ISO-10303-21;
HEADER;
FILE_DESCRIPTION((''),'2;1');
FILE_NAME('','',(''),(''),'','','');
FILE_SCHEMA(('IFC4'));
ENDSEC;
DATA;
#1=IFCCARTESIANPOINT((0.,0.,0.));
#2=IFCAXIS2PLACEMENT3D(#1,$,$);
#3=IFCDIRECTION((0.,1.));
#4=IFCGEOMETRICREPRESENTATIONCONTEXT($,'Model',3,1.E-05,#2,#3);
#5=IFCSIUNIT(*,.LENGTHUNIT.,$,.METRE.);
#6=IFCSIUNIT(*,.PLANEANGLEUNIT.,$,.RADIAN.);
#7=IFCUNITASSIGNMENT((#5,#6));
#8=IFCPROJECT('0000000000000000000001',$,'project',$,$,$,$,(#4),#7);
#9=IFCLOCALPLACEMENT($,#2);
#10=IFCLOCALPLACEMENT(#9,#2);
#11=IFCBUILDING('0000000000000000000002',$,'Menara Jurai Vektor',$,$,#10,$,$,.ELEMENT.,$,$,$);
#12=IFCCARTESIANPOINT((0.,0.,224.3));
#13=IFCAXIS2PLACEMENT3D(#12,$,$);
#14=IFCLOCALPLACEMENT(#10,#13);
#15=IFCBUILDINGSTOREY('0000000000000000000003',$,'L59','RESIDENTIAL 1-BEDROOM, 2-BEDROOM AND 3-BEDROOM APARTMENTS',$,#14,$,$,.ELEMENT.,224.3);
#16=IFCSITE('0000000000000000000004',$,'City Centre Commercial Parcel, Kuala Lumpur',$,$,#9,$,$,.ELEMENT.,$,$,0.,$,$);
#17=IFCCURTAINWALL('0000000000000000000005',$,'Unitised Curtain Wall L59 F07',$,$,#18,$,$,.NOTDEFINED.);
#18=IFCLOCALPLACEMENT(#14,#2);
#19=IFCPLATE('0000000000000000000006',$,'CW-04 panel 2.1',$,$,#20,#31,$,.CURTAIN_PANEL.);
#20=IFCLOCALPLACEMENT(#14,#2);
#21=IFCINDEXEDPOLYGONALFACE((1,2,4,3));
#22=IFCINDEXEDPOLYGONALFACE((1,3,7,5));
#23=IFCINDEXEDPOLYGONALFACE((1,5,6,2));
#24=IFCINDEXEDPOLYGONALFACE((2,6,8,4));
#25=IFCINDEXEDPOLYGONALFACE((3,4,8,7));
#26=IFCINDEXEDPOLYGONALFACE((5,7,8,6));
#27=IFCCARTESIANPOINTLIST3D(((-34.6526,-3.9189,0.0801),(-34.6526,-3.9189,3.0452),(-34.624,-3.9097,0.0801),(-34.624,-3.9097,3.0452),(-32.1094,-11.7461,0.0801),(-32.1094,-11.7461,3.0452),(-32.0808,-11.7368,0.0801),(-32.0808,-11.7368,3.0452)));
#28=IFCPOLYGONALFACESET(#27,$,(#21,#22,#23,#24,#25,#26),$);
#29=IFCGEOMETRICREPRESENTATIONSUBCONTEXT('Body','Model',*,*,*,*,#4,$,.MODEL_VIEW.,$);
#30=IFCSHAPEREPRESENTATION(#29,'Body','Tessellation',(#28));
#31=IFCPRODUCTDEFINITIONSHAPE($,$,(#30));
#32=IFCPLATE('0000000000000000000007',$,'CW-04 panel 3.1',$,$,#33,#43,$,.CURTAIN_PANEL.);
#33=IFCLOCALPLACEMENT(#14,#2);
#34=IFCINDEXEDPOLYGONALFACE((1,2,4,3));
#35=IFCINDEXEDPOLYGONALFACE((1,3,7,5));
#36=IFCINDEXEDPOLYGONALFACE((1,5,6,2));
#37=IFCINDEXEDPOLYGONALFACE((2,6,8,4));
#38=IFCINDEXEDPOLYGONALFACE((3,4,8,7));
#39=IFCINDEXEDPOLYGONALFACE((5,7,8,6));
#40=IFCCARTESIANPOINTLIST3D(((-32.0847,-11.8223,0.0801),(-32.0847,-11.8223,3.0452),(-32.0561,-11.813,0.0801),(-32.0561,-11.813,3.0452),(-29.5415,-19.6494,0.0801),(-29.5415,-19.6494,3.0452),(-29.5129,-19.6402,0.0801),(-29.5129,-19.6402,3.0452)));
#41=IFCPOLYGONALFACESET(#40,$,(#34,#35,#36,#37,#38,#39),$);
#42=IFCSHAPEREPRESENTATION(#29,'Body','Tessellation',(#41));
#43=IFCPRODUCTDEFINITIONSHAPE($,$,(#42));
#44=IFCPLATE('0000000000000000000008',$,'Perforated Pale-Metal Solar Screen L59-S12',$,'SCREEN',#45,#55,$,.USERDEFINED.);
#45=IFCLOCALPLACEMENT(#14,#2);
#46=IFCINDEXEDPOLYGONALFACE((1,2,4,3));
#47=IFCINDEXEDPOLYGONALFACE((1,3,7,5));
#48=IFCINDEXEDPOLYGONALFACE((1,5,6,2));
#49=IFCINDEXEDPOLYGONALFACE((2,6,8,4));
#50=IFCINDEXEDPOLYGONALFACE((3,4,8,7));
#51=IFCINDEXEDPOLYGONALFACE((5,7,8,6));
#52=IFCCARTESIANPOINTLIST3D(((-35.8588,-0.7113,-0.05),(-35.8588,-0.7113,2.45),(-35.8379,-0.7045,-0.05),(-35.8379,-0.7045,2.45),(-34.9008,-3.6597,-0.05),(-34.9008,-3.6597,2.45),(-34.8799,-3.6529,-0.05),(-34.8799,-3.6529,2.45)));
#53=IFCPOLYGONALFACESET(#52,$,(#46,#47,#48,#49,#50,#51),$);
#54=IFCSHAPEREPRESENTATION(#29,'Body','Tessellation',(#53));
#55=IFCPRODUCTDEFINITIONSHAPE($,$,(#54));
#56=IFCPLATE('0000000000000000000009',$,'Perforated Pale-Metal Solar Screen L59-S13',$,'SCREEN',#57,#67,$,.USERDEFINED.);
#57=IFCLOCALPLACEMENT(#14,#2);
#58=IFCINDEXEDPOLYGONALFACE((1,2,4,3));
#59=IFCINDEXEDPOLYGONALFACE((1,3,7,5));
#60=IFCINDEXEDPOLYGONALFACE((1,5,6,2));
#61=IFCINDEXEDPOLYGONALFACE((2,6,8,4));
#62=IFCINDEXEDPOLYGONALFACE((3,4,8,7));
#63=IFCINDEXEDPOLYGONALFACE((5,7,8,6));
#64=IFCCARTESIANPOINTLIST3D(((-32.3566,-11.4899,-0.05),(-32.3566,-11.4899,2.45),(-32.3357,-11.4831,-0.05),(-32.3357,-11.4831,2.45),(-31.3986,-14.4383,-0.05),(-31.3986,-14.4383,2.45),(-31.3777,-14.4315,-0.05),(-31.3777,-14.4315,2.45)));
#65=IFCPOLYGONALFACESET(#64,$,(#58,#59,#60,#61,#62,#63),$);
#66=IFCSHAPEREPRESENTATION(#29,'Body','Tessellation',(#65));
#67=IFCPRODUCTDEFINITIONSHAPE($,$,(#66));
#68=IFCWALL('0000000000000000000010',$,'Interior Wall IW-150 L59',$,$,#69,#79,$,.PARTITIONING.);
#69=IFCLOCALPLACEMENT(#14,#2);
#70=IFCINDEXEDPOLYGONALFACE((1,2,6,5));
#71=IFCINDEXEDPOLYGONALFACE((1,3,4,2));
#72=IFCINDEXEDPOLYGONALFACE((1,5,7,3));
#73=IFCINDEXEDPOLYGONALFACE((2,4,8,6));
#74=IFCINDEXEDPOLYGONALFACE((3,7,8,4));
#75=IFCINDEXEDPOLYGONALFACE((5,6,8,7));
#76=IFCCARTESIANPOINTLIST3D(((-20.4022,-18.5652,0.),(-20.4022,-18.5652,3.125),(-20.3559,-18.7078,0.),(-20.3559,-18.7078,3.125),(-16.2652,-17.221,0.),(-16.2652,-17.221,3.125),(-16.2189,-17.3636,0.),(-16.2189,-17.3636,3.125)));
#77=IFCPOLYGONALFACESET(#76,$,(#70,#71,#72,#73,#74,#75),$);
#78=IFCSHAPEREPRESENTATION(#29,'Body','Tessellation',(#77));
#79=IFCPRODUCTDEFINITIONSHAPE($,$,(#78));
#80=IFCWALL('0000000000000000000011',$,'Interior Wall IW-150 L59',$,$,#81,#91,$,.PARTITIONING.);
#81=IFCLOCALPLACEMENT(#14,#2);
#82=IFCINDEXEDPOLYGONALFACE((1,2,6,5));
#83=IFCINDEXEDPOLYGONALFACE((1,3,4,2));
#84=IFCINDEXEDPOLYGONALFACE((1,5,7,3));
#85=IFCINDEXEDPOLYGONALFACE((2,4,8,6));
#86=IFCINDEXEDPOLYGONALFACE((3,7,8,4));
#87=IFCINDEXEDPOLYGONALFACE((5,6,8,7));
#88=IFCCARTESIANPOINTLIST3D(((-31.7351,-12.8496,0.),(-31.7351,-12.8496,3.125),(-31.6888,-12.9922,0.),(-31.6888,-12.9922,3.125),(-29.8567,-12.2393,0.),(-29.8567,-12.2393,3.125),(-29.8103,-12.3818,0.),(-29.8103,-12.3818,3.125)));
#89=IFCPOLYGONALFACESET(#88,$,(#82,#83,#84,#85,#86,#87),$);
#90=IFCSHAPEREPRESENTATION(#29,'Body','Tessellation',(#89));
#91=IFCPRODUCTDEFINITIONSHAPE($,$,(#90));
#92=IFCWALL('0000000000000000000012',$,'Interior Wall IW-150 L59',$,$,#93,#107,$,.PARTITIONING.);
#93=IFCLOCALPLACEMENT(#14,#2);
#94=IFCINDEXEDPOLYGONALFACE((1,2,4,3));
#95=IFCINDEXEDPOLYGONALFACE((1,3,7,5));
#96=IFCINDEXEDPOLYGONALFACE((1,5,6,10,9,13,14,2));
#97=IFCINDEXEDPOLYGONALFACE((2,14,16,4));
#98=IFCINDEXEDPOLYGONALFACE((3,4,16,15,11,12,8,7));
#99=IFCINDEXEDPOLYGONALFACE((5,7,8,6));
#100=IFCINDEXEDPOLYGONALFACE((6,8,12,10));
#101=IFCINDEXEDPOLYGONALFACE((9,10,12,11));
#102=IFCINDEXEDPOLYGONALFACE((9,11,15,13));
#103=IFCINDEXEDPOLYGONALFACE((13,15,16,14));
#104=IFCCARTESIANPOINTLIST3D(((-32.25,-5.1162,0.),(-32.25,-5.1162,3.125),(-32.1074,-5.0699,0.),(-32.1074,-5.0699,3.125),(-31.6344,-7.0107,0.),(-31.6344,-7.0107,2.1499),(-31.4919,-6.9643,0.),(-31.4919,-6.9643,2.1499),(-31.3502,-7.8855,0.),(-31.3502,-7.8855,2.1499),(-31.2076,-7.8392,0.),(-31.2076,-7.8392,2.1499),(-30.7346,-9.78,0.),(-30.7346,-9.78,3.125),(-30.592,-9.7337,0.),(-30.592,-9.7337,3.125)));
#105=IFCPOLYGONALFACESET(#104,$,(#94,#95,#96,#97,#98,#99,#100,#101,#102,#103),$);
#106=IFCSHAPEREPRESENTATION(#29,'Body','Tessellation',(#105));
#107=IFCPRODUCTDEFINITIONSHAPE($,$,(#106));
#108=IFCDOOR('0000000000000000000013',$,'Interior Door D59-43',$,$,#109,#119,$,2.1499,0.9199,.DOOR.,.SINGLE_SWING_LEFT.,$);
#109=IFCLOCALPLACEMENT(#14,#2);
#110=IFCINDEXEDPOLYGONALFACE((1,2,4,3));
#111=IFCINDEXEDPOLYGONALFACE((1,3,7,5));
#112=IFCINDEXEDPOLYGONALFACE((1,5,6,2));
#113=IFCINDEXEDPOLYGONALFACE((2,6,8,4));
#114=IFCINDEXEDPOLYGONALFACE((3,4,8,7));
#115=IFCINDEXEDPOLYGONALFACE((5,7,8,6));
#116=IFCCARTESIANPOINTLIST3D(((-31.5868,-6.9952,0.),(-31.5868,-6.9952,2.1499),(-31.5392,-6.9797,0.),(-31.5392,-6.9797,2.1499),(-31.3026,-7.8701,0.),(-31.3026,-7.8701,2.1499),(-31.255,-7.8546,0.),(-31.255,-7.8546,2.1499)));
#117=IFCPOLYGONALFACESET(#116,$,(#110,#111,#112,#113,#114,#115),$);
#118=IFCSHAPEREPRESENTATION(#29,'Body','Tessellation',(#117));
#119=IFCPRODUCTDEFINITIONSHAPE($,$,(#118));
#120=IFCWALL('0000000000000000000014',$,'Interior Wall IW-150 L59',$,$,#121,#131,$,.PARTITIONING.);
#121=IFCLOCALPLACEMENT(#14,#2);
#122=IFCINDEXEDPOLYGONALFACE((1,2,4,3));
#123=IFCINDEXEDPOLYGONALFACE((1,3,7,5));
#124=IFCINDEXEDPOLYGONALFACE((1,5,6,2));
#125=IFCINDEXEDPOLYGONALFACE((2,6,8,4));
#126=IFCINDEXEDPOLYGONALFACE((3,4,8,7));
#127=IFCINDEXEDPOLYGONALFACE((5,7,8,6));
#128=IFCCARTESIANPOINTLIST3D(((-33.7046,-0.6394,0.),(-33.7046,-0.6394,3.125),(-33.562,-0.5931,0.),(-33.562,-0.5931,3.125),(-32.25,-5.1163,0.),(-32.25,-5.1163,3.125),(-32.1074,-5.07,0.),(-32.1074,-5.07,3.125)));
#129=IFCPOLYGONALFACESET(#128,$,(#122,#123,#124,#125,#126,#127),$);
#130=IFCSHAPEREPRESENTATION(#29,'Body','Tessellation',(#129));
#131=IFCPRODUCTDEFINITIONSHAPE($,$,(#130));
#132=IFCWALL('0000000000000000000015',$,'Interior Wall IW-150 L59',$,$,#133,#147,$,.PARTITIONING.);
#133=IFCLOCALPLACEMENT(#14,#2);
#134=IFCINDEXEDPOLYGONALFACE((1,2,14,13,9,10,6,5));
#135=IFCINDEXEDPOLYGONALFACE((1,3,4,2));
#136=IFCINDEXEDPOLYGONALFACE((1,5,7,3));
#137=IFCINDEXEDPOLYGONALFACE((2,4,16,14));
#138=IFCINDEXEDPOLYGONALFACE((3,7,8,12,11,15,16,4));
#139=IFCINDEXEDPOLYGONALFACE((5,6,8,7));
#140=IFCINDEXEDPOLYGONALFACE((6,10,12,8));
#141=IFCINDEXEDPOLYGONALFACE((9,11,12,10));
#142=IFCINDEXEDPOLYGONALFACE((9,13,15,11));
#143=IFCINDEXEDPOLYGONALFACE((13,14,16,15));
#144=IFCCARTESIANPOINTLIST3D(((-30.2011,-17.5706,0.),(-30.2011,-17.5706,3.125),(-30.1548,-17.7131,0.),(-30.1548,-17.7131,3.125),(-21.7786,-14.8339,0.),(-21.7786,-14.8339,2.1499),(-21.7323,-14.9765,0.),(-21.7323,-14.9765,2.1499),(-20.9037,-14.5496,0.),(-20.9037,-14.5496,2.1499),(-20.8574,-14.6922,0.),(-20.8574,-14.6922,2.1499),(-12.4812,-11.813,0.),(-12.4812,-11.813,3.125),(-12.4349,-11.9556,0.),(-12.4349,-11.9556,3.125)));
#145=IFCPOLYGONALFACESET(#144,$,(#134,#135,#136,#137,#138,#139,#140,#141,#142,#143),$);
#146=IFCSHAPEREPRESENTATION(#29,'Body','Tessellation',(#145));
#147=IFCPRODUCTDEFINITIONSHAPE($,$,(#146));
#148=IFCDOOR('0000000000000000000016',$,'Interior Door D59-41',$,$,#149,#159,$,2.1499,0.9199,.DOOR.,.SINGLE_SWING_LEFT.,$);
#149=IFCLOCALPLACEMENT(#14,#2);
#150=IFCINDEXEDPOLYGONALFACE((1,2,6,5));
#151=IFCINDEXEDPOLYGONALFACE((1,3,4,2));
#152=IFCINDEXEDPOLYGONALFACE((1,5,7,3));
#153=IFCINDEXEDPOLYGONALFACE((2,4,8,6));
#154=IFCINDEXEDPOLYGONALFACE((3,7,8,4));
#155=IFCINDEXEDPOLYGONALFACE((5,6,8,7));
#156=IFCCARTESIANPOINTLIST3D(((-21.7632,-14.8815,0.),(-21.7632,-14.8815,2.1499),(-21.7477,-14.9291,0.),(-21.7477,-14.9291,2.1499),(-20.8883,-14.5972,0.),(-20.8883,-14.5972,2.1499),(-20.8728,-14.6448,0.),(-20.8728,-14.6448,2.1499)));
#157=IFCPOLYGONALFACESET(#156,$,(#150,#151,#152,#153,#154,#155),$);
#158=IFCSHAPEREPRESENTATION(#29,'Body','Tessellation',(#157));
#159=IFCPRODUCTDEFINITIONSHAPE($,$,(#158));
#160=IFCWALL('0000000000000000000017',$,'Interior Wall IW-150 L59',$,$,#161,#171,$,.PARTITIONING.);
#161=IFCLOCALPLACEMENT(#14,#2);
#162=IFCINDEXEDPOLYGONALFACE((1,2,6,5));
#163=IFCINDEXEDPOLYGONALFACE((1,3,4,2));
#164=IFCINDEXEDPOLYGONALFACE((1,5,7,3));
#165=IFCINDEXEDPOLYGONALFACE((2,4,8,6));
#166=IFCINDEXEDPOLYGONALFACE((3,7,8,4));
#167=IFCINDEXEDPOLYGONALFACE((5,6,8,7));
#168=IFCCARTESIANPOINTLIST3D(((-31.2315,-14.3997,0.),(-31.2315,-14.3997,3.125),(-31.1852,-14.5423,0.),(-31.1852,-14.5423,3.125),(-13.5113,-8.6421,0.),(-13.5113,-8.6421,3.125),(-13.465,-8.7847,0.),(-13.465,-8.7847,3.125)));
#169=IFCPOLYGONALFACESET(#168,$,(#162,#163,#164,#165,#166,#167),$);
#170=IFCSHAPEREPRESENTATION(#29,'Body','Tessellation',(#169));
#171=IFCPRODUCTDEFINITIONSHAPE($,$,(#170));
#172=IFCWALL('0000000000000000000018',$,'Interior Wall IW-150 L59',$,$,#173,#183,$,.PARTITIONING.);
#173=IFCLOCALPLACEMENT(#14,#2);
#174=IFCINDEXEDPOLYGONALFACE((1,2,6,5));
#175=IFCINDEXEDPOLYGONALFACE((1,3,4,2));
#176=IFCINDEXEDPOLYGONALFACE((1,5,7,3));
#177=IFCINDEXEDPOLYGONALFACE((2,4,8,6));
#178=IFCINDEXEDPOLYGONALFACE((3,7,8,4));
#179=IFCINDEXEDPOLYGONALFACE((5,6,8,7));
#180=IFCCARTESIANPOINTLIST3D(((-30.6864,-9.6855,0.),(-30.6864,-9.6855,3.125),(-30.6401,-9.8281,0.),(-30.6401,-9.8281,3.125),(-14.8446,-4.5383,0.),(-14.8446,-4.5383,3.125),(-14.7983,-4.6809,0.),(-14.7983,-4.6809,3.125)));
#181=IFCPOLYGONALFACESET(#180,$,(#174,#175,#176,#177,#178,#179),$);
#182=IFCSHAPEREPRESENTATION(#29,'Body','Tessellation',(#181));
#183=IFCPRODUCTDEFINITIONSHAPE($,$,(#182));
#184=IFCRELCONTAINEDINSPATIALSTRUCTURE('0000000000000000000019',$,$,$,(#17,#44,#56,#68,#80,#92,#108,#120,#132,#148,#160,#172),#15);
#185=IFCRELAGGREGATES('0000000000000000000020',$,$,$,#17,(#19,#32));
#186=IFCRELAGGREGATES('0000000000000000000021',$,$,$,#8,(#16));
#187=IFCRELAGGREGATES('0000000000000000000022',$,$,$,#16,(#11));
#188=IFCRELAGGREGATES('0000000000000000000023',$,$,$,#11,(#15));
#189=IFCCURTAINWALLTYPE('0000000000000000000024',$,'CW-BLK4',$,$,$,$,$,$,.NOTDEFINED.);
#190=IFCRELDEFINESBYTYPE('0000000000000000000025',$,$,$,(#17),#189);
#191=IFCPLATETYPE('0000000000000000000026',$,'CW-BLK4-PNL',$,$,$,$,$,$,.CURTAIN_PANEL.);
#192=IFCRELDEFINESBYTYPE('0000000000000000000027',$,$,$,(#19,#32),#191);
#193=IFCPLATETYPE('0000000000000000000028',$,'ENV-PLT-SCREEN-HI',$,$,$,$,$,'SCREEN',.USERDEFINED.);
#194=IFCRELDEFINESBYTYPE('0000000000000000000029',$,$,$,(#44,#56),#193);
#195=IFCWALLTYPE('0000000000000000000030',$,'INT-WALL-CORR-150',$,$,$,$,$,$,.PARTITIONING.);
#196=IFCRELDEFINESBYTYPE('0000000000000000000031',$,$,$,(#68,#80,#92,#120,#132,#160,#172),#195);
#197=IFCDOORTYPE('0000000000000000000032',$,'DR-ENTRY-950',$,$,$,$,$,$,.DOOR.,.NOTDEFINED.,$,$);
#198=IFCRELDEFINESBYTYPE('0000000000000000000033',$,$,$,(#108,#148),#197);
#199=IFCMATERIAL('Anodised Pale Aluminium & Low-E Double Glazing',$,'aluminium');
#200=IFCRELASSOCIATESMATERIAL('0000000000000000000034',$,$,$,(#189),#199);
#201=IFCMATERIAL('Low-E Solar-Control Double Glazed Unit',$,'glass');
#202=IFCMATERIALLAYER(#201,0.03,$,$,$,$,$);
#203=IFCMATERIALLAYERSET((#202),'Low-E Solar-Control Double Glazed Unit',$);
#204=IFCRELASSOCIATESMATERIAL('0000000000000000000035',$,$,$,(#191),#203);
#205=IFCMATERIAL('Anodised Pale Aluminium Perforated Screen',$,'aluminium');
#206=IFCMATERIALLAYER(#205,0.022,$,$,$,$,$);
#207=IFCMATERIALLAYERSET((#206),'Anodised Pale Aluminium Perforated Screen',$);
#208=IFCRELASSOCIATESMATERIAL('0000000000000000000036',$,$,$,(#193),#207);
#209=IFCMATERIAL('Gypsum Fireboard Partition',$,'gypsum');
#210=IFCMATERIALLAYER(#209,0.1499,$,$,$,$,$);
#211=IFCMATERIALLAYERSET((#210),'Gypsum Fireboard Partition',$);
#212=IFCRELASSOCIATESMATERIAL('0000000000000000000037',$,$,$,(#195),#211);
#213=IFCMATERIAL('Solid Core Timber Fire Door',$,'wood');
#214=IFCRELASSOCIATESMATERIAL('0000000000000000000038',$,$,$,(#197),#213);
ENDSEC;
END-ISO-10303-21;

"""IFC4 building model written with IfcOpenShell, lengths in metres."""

from ifc_helpers import new_model, si_unit, direction, frame, frame_2d, origin, origin_2d, place, context, subcontext, project, spatial, rectangle, extrude, material, layer, layer_set, type_object, element, fill, aggregate, save


model = new_model("IFC4")

# Units and contexts
model_context = context("Model", 3, precision=1e-05, world=origin(), true_north=direction((0.0, 1.0)))
body_context = subcontext(model_context, "Body", "Model", "MODEL_VIEW")
ifc_project = project(units=[si_unit("LENGTHUNIT", "METRE"), si_unit("PLANEANGLEUNIT", "RADIAN")], contexts=[model_context])

# Site, building, storey
site_placement = place(None, origin())
site = spatial("IfcSite", under=ifc_project, at=site_placement, Name="City Centre Commercial Parcel, Kuala Lumpur", CompositionType="ELEMENT", RefElevation=0.0)
building_placement = place(site_placement, origin())
building = spatial("IfcBuilding", under=site, at=building_placement, Name="Menara Jurai Vektor", CompositionType="ELEMENT")
storey_placement = place(building_placement, frame((0.0, 0.0, 224.3)))
storey = spatial("IfcBuildingStorey", under=building, at=storey_placement, Name="L59", Description="RESIDENTIAL 1-BEDROOM, 2-BEDROOM AND 3-BEDROOM APARTMENTS", CompositionType="ELEMENT", Elevation=224.3)

# Curtain wall
ifc_material_1 = material(Name="Anodised Pale Aluminium & Low-E Double Glazing", Category="aluminium")
curtain_wall_type = type_object("IfcCurtainWallType", Name="CW-BLK4", PredefinedType="NOTDEFINED", material=ifc_material_1)
curtain_wall_placement = place(storey_placement, origin())
curtain_wall = element("IfcCurtainWall", 1, at=curtain_wall_placement, inside=storey, type_object=curtain_wall_type, Name="Unitised Curtain Wall L59 F07", PredefinedType="NOTDEFINED")

# Plates
ifc_material_2 = material(Name="Low-E Solar-Control Double Glazed Unit", Category="glass")
ifc_layer_1 = layer(ifc_material_2, 0.03)
ifc_layer_set_1 = layer_set([ifc_layer_1], Name="Low-E Solar-Control Double Glazed Unit")
plate_type_1 = type_object("IfcPlateType", Name="CW-BLK4-PNL", PredefinedType="CURTAIN_PANEL", material=ifc_layer_set_1)
plate_1_placement = place(storey_placement, frame((-33.3667, -7.8279, 0.0801), z_axis=(0.0, 0.0, 1.0), x_axis=(0.309016, -0.951057, 0.0)))
plate_1 = element("IfcPlate", 2, at=plate_1_placement, type_object=plate_type_1, Name="CW-04 panel 2.1", PredefinedType="CURTAIN_PANEL", context=body_context, shape_type="SweptSolid", body=[
    extrude(rectangle(XDim=8.23, YDim=0.03, at=origin_2d()), origin(), (0.0, 0.0, 1.0), 2.9651),
])
plate_2_placement = place(storey_placement, frame((-30.7988, -15.7312, 0.0801), z_axis=(0.0, 0.0, 1.0), x_axis=(0.309016, -0.951057, 0.0)))
plate_2 = element("IfcPlate", 3, at=plate_2_placement, type_object=plate_type_1, Name="CW-04 panel 3.1", PredefinedType="CURTAIN_PANEL", context=body_context, shape_type="SweptSolid", body=[
    extrude(rectangle(XDim=8.23, YDim=0.03, at=origin_2d()), origin(), (0.0, 0.0, 1.0), 2.9651),
])
aggregate(curtain_wall, [plate_1, plate_2])

# Plates
ifc_material_3 = material(Name="Anodised Pale Aluminium Perforated Screen", Category="aluminium")
ifc_layer_2 = layer(ifc_material_3, 0.022)
ifc_layer_set_2 = layer_set([ifc_layer_2], Name="Anodised Pale Aluminium Perforated Screen")
plate_type_2 = type_object("IfcPlateType", Name="ENV-PLT-SCREEN-HI", ElementType="SCREEN", PredefinedType="USERDEFINED", material=ifc_layer_set_2)
for number, where, z_axis, x_axis, name in (
    (4, (-35.3694, -2.1821, -0.05), (0.0, 0.0, 1.0), (0.309017, -0.951057, 0.0), "Perforated Pale-Metal Solar Screen L59-S12"),
    (5, (-31.8672, -12.9607, -0.05), (0.0, 0.0, 1.0), (0.309017, -0.951057, 0.0), "Perforated Pale-Metal Solar Screen L59-S13"),
):
    element("IfcPlate", number, at=place(storey_placement, frame(where, z_axis=z_axis, x_axis=x_axis)), inside=storey, type_object=plate_type_2, Name=name, ObjectType="SCREEN", PredefinedType="USERDEFINED", context=body_context, shape_type="SweptSolid", body=[
        extrude(rectangle(XDim=3.1001, YDim=0.022, at=origin_2d()), origin(), (0.0, 0.0, 1.0), 2.5),
    ])

# Walls
ifc_material_4 = material(Name="Gypsum Fireboard Partition", Category="gypsum")
ifc_layer_3 = layer(ifc_material_4, 0.1499)
ifc_layer_set_3 = layer_set([ifc_layer_3], Name="Gypsum Fireboard Partition")
wall_type = type_object("IfcWallType", Name="INT-WALL-CORR-150", PredefinedType="PARTITIONING", material=ifc_layer_set_3)
wall_1_placement = place(storey_placement, frame((-20.3789, -18.6365, 0.0), z_axis=(0.0, 0.0, 1.0), x_axis=(0.951053, 0.309029, 0.0)))
element("IfcWall", 6, at=wall_1_placement, inside=storey, type_object=wall_type, Name="Interior Wall IW-150 L59", PredefinedType="PARTITIONING", context=body_context, shape_type="SweptSolid", body=[
    extrude(rectangle(XDim=4.3499, YDim=0.1499, at=frame_2d((2.1748, 0.0))), origin(), (0.0, 0.0, 1.0), 3.125),
])
wall_2_placement = place(storey_placement, frame((-31.7119, -12.9209, 0.0), z_axis=(0.0, 0.0, 1.0), x_axis=(0.951054, 0.309025, 0.0)))
element("IfcWall", 7, at=wall_2_placement, inside=storey, type_object=wall_type, Name="Interior Wall IW-150 L59", PredefinedType="PARTITIONING", context=body_context, shape_type="SweptSolid", body=[
    extrude(rectangle(XDim=1.9751, YDim=0.1499, at=frame_2d((0.9875, 0.0))), origin(), (0.0, 0.0, 1.0), 3.125),
])

# Wall, opening, door
ifc_material_5 = material(Name="Solid Core Timber Fire Door", Category="wood")
door_type = type_object("IfcDoorType", Name="DR-ENTRY-950", OperationType="NOTDEFINED", PredefinedType="DOOR", material=ifc_material_5)
wall_3_placement = place(storey_placement, frame((-30.6633, -9.7568, 0.0), z_axis=(0.0, 0.0, 1.0), x_axis=(-0.30902, 0.951056, 0.0)))
wall_3 = element("IfcWall", 8, at=wall_3_placement, inside=storey, type_object=wall_type, Name="Interior Wall IW-150 L59", PredefinedType="PARTITIONING", context=body_context, shape_type="SweptSolid", body=[
    extrude(rectangle(XDim=4.9038, YDim=0.1499, at=frame_2d((2.4519, 0.0))), origin(), (0.0, 0.0, 1.0), 3.125),
])
opening_1_placement = place(wall_3_placement, frame((1.9919, 0.0, 0.0)))
opening_1 = element("IfcOpeningElement", 9, at=opening_1_placement, cuts=wall_3, PredefinedType="OPENING", context=body_context, shape_type="SweptSolid", body=[
    extrude(rectangle(XDim=0.9199, YDim=2.1499, at=frame_2d((0.46, 1.075))), frame((0.0, 0.085, 0.0), z_axis=(0.0, -1.0, 0.0), x_axis=(1.0, 0.0, 0.0)), (0.0, 0.0, 1.0), 0.1699),
])
door_1_placement = place(opening_1_placement, origin())
door_1 = element("IfcDoor", 10, at=door_1_placement, inside=storey, type_object=door_type, Name="Interior Door D59-43", OperationType="SINGLE_SWING_LEFT", OverallHeight=2.1499, OverallWidth=0.9199, PredefinedType="DOOR", context=body_context, shape_type="SweptSolid", body=[
    extrude(rectangle(XDim=0.9199, YDim=2.1499, at=frame_2d((0.46, 1.075))), frame((0.0, 0.0249, 0.0), z_axis=(0.0, -1.0, 0.0), x_axis=(1.0, 0.0, 0.0)), (0.0, 0.0, 1.0), 0.05),
])
fill(opening_1, door_1)

# Wall
wall_4_placement = place(storey_placement, frame((-32.1787, -5.093, 0.0), z_axis=(0.0, 0.0, 1.0), x_axis=(-0.309015, 0.951057, 0.0)))
element("IfcWall", 11, at=wall_4_placement, inside=storey, type_object=wall_type, Name="Interior Wall IW-150 L59", PredefinedType="PARTITIONING", context=body_context, shape_type="SweptSolid", body=[
    extrude(rectangle(XDim=4.7073, YDim=0.1499, at=frame_2d((2.3535, 0.0))), origin(), (0.0, 0.0, 1.0), 3.125),
])

# Wall, opening, door
wall_5_placement = place(storey_placement, frame((-30.178, -17.6418, 0.0), z_axis=(0.0, 0.0, 1.0), x_axis=(0.951057, 0.309017, 0.0)))
wall_5 = element("IfcWall", 12, at=wall_5_placement, inside=storey, type_object=wall_type, Name="Interior Wall IW-150 L59", PredefinedType="PARTITIONING", context=body_context, shape_type="SweptSolid", body=[
    extrude(rectangle(XDim=18.6318, YDim=0.1499, at=frame_2d((9.3159, 0.0))), origin(), (0.0, 0.0, 1.0), 3.125),
])
opening_2_placement = place(wall_5_placement, frame((8.856, 0.0, 0.0)))
opening_2 = element("IfcOpeningElement", 13, at=opening_2_placement, cuts=wall_5, PredefinedType="OPENING", context=body_context, shape_type="SweptSolid", body=[
    extrude(rectangle(XDim=0.9199, YDim=2.1499, at=frame_2d((0.46, 1.075))), frame((0.0, 0.085, 0.0), z_axis=(0.0, -1.0, 0.0), x_axis=(1.0, 0.0, 0.0)), (0.0, 0.0, 1.0), 0.1699),
])
door_2_placement = place(opening_2_placement, origin())
door_2 = element("IfcDoor", 14, at=door_2_placement, inside=storey, type_object=door_type, Name="Interior Door D59-41", OperationType="SINGLE_SWING_LEFT", OverallHeight=2.1499, OverallWidth=0.9199, PredefinedType="DOOR", context=body_context, shape_type="SweptSolid", body=[
    extrude(rectangle(XDim=0.9199, YDim=2.1499, at=frame_2d((0.46, 1.075))), frame((0.0, 0.0249, 0.0), z_axis=(0.0, -1.0, 0.0), x_axis=(1.0, 0.0, 0.0)), (0.0, 0.0, 1.0), 0.05),
])
fill(opening_2, door_2)

# Walls
wall_6_placement = place(storey_placement, frame((-31.2083, -14.4709, 0.0), z_axis=(0.0, 0.0, 1.0), x_axis=(0.951058, 0.309013, 0.0)))
element("IfcWall", 15, at=wall_6_placement, inside=storey, type_object=wall_type, Name="Interior Wall IW-150 L59", PredefinedType="PARTITIONING", context=body_context, shape_type="SweptSolid", body=[
    extrude(rectangle(XDim=18.6321, YDim=0.1499, at=frame_2d((9.3159, 0.0))), origin(), (0.0, 0.0, 1.0), 3.125),
])
for number, where, z_axis, x_axis, name in (
    (16, (-30.6633, -9.7568, 0.0), (0.0, 0.0, 1.0), (0.951058, 0.309012, 0.0), "Interior Wall IW-150 L59"),
):
    element("IfcWall", number, at=place(storey_placement, frame(where, z_axis=z_axis, x_axis=x_axis)), inside=storey, type_object=wall_type, Name=name, PredefinedType="PARTITIONING", context=body_context, shape_type="SweptSolid", body=[
        extrude(rectangle(XDim=16.657, YDim=0.1499, at=frame_2d((8.3286, 0.0))), origin(), (0.0, 0.0, 1.0), 3.125),
    ])

save(model, "model.ifc")
